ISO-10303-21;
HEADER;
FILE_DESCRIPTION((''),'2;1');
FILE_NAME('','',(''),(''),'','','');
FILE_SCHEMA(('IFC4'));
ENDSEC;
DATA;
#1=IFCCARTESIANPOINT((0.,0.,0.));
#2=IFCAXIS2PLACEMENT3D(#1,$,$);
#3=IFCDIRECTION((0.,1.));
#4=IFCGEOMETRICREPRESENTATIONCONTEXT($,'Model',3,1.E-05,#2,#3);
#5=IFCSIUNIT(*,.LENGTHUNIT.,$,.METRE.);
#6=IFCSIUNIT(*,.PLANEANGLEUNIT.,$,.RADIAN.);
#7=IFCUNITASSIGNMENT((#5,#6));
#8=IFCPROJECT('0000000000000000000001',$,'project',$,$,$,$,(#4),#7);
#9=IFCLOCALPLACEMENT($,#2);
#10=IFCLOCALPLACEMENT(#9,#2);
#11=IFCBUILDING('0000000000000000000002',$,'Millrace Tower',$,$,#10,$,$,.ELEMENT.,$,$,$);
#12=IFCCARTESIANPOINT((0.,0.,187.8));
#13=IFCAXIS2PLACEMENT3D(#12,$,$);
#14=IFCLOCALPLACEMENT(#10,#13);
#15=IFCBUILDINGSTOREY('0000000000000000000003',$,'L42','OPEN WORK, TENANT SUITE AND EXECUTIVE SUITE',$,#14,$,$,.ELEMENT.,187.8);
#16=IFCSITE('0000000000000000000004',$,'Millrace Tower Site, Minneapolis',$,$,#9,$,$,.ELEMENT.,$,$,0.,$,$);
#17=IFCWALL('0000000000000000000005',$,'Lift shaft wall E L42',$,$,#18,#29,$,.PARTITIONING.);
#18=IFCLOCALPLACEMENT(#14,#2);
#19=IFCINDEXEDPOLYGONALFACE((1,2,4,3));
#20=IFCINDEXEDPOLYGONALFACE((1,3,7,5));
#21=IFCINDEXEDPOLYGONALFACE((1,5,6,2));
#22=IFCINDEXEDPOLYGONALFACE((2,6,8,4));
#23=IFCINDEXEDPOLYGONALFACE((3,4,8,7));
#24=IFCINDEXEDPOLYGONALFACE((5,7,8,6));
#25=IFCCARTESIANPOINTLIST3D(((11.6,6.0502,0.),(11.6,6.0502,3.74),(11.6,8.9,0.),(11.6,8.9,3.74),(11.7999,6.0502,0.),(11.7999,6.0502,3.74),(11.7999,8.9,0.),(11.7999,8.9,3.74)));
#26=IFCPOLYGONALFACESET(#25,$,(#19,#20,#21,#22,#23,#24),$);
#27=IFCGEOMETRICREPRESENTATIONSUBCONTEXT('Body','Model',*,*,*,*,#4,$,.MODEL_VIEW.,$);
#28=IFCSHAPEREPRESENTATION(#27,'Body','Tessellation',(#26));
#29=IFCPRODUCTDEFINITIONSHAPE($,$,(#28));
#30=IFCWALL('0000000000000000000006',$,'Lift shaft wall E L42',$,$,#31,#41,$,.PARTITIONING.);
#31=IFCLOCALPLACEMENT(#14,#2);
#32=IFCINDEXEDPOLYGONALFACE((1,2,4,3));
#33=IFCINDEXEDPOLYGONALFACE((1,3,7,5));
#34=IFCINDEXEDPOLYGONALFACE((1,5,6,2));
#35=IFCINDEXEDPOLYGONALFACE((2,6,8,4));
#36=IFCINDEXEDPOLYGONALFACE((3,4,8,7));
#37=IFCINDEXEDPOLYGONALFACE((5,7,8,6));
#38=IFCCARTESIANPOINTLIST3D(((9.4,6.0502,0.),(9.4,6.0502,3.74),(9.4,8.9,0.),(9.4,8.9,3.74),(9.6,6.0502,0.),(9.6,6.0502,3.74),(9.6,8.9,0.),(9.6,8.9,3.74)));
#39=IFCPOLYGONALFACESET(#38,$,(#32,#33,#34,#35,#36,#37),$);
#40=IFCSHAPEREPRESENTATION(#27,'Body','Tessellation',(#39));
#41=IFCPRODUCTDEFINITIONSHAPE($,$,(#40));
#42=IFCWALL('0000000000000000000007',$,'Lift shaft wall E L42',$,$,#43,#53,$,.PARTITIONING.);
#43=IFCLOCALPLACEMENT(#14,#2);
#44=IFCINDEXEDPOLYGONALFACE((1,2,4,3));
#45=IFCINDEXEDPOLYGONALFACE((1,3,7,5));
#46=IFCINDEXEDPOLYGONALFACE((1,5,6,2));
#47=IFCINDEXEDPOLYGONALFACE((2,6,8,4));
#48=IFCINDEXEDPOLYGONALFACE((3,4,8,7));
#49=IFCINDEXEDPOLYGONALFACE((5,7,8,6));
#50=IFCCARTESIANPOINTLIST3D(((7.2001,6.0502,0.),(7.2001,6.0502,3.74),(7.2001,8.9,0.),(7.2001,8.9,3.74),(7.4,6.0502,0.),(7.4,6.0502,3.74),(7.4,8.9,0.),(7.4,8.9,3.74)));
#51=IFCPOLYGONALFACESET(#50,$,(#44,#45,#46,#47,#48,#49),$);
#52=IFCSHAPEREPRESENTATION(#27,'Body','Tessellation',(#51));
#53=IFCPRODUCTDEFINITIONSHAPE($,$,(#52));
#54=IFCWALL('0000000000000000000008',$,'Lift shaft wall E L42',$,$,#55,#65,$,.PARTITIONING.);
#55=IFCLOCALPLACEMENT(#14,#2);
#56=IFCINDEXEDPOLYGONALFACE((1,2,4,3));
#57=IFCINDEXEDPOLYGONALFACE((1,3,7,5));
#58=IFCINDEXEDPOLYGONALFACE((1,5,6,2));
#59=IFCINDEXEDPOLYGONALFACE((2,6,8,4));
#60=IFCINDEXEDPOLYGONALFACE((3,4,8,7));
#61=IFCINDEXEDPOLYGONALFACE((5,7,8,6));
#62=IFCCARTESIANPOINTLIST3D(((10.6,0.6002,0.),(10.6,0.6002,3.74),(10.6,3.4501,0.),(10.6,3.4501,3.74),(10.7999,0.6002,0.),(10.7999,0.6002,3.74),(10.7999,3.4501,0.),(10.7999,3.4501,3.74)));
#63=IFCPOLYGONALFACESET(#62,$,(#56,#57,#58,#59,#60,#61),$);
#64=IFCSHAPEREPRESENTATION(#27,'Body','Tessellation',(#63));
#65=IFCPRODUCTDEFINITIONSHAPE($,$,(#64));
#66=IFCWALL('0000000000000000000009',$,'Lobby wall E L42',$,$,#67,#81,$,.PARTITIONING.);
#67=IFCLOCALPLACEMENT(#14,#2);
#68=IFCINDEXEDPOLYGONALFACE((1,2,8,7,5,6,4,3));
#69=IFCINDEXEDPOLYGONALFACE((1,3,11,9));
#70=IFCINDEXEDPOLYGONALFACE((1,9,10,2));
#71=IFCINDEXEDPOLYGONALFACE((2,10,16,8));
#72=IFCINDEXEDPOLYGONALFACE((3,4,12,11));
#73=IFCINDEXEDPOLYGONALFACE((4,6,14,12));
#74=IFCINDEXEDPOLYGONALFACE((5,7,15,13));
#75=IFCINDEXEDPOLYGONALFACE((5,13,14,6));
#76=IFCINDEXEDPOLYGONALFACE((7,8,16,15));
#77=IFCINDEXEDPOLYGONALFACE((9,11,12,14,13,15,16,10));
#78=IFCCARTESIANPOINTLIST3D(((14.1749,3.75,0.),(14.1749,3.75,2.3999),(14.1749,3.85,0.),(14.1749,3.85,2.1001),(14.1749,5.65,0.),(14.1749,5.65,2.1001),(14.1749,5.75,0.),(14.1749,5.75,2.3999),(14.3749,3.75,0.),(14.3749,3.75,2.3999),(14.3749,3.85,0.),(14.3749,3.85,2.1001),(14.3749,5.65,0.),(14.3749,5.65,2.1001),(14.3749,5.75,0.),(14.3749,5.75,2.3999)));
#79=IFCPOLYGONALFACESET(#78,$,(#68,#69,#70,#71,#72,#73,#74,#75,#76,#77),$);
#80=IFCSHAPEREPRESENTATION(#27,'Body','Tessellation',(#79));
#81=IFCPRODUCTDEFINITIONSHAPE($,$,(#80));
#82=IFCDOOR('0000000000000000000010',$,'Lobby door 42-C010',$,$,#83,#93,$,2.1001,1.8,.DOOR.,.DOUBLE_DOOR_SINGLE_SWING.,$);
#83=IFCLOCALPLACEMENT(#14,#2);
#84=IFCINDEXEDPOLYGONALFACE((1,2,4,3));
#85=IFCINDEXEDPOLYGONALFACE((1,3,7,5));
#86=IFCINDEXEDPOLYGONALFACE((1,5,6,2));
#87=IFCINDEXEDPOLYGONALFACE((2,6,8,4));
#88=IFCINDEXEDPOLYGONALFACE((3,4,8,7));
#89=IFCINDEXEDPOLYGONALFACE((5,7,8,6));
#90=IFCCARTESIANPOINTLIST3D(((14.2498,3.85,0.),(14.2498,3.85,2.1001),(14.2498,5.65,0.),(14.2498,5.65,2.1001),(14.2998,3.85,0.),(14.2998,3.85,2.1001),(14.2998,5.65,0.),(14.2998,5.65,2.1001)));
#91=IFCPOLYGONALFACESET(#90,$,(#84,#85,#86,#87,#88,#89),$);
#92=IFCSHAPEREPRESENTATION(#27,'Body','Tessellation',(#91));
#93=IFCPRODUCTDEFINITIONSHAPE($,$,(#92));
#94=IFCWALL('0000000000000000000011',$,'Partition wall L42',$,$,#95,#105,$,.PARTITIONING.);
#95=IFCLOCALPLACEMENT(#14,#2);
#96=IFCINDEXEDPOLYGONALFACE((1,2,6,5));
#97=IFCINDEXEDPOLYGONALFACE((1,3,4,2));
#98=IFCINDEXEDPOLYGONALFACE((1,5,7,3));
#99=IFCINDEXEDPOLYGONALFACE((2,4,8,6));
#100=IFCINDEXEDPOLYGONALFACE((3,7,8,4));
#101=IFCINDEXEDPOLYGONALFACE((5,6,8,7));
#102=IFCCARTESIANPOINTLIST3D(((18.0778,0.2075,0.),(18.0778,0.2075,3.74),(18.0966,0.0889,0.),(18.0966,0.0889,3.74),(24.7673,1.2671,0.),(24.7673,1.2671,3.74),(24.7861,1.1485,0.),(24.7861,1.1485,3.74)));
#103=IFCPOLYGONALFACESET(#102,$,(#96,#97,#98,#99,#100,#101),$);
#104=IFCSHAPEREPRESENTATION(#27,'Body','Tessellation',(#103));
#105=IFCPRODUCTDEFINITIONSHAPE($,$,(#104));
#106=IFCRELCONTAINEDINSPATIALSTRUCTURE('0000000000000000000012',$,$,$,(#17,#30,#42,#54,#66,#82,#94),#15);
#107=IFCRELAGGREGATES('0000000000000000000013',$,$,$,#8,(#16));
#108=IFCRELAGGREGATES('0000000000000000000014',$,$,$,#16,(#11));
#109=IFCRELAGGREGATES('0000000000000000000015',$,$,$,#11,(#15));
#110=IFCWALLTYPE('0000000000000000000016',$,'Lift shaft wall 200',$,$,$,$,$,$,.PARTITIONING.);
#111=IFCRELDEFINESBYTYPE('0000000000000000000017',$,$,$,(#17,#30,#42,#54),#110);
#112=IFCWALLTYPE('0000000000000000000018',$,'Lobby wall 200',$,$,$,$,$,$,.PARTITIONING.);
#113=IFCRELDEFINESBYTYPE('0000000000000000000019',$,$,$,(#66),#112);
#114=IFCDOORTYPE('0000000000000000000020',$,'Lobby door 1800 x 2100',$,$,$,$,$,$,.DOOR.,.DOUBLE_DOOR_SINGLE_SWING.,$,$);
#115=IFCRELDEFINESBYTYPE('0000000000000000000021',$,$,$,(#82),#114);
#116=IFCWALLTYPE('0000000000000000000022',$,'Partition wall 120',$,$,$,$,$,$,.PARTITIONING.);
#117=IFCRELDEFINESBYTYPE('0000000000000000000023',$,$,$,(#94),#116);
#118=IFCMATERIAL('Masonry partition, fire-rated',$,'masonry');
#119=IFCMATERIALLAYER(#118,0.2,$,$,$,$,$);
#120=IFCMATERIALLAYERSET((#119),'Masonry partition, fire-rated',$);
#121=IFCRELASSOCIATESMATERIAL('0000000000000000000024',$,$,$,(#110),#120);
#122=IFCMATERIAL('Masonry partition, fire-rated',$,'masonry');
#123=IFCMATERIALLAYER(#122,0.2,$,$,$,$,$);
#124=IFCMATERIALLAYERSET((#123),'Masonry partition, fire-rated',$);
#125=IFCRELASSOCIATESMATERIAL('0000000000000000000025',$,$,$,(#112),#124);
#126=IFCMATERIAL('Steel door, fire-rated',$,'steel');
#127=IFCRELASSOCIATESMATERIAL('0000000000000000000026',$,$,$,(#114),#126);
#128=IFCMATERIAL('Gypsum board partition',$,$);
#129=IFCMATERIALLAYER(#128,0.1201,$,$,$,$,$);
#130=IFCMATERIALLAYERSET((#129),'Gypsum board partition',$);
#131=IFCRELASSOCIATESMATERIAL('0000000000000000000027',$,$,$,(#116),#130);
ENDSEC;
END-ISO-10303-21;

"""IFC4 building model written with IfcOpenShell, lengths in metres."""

from ifc_helpers import new_model, si_unit, direction, frame, frame_2d, origin, place, context, subcontext, project, spatial, rectangle, extrude, material, layer, layer_set, type_object, element, fill, save


model = new_model("IFC4")

# Units and contexts
model_context = context("Model", 3, precision=1e-05, world=origin(), true_north=direction((0.0, 1.0)))
body_context = subcontext(model_context, "Body", "Model", "MODEL_VIEW")
ifc_project = project(units=[si_unit("LENGTHUNIT", "METRE"), si_unit("PLANEANGLEUNIT", "RADIAN")], contexts=[model_context])

# Site, building, storey
site_placement = place(None, origin())
site = spatial("IfcSite", under=ifc_project, at=site_placement, Name="Millrace Tower Site, Minneapolis", CompositionType="ELEMENT", RefElevation=0.0)
building_placement = place(site_placement, origin())
building = spatial("IfcBuilding", under=site, at=building_placement, Name="Millrace Tower", CompositionType="ELEMENT")
storey_placement = place(building_placement, frame((0.0, 0.0, 187.8)))
storey = spatial("IfcBuildingStorey", under=building, at=storey_placement, Name="L42", Description="OPEN WORK, TENANT SUITE AND EXECUTIVE SUITE", CompositionType="ELEMENT", Elevation=187.8)

# Shared definitions
ifc_material_1 = material(Name="Masonry partition, fire-rated", Category="masonry")
ifc_layer_1 = layer(ifc_material_1, 0.2)
ifc_layer_set_1 = layer_set([ifc_layer_1], Name="Masonry partition, fire-rated")
wall_type_1 = type_object("IfcWallType", Name="Lift shaft wall 200", PredefinedType="PARTITIONING", material=ifc_layer_set_1)

# Walls
for number, where, z_axis, x_axis, name in (
    (1, (11.7, 8.8999, 0.0), (0.0, 0.0, 1.0), (0.0, -1.0, 0.0), "Lift shaft wall E L42"),
    (2, (9.5, 8.8999, 0.0), (0.0, 0.0, 1.0), (0.0, -1.0, 0.0), "Lift shaft wall E L42"),
    (3, (7.3, 8.8999, 0.0), (0.0, 0.0, 1.0), (0.0, -1.0, 0.0), "Lift shaft wall E L42"),
    (4, (10.7, 3.45, 0.0), (0.0, 0.0, 1.0), (0.0, -1.0, 0.0), "Lift shaft wall E L42"),
):
    element("IfcWall", number, at=place(storey_placement, frame(where, z_axis=z_axis, x_axis=x_axis)), inside=storey, type_object=wall_type_1, Name=name, PredefinedType="PARTITIONING", context=body_context, shape_type="SweptSolid", body=[
        extrude(rectangle(XDim=2.8499, YDim=0.2, at=frame_2d((1.4248, 0.0))), origin(), (0.0, 0.0, 1.0), 3.74),
    ])

# Wall, opening, door
ifc_material_2 = material(Name="Masonry partition, fire-rated", Category="masonry")
ifc_layer_2 = layer(ifc_material_2, 0.2)
ifc_layer_set_2 = layer_set([ifc_layer_2], Name="Masonry partition, fire-rated")
wall_type_2 = type_object("IfcWallType", Name="Lobby wall 200", PredefinedType="PARTITIONING", material=ifc_layer_set_2)
wall_1_placement = place(storey_placement, frame((14.2749, 5.75, 0.0), z_axis=(0.0, 0.0, 1.0), x_axis=(0.0, -1.0, 0.0)))
wall_1 = element("IfcWall", 5, at=wall_1_placement, inside=storey, type_object=wall_type_2, Name="Lobby wall E L42", PredefinedType="PARTITIONING", context=body_context, shape_type="SweptSolid", body=[
    extrude(rectangle(XDim=2.0, YDim=0.2, at=frame_2d((1.0, 0.0))), origin(), (0.0, 0.0, 1.0), 2.3999),
])
opening_1_placement = place(wall_1_placement, frame((0.1001, 0.0, 0.0)))
opening_1 = element("IfcOpeningElement", 6, at=opening_1_placement, cuts=wall_1, PredefinedType="OPENING", context=body_context, shape_type="SweptSolid", body=[
    extrude(rectangle(XDim=1.8, YDim=2.1001, at=frame_2d((0.8999, 1.05))), frame((0.0, 0.1099, 0.0), z_axis=(0.0, -1.0, 0.0), x_axis=(1.0, 0.0, 0.0)), (0.0, 0.0, 1.0), 0.22),
])
ifc_material_3 = material(Name="Steel door, fire-rated", Category="steel")
door_type_1 = type_object("IfcDoorType", Name="Lobby door 1800 x 2100", OperationType="DOUBLE_DOOR_SINGLE_SWING", PredefinedType="DOOR", material=ifc_material_3)
door_1_placement = place(opening_1_placement, origin())
door_1 = element("IfcDoor", 7, at=door_1_placement, inside=storey, type_object=door_type_1, Name="Lobby door 42-C010", OperationType="DOUBLE_DOOR_SINGLE_SWING", OverallHeight=2.1001, OverallWidth=1.8, PredefinedType="DOOR", context=body_context, shape_type="SweptSolid", body=[
    extrude(rectangle(XDim=1.8, YDim=2.1001, at=frame_2d((0.8999, 1.05))), frame((0.0, 0.0249, 0.0), z_axis=(0.0, -1.0, 0.0), x_axis=(1.0, 0.0, 0.0)), (0.0, 0.0, 1.0), 0.05),
])
fill(opening_1, door_1)

# Wall
ifc_material_4 = material(Name="Gypsum board partition")
ifc_layer_3 = layer(ifc_material_4, 0.1201)
ifc_layer_set_3 = layer_set([ifc_layer_3], Name="Gypsum board partition")
wall_type_3 = type_object("IfcWallType", Name="Partition wall 120", PredefinedType="PARTITIONING", material=ifc_layer_set_3)
wall_2_placement = place(storey_placement, frame((18.0872, 0.1482, 0.0), z_axis=(0.0, 0.0, 1.0), x_axis=(0.987687, 0.156444, 0.0)))
element("IfcWall", 8, at=wall_2_placement, inside=storey, type_object=wall_type_3, Name="Partition wall L42", PredefinedType="PARTITIONING", context=body_context, shape_type="SweptSolid", body=[
    extrude(rectangle(XDim=6.7729, YDim=0.1201, at=frame_2d((3.3865, 0.0))), origin(), (0.0, 0.0, 1.0), 3.74),
])

save(model, "model.ifc")
